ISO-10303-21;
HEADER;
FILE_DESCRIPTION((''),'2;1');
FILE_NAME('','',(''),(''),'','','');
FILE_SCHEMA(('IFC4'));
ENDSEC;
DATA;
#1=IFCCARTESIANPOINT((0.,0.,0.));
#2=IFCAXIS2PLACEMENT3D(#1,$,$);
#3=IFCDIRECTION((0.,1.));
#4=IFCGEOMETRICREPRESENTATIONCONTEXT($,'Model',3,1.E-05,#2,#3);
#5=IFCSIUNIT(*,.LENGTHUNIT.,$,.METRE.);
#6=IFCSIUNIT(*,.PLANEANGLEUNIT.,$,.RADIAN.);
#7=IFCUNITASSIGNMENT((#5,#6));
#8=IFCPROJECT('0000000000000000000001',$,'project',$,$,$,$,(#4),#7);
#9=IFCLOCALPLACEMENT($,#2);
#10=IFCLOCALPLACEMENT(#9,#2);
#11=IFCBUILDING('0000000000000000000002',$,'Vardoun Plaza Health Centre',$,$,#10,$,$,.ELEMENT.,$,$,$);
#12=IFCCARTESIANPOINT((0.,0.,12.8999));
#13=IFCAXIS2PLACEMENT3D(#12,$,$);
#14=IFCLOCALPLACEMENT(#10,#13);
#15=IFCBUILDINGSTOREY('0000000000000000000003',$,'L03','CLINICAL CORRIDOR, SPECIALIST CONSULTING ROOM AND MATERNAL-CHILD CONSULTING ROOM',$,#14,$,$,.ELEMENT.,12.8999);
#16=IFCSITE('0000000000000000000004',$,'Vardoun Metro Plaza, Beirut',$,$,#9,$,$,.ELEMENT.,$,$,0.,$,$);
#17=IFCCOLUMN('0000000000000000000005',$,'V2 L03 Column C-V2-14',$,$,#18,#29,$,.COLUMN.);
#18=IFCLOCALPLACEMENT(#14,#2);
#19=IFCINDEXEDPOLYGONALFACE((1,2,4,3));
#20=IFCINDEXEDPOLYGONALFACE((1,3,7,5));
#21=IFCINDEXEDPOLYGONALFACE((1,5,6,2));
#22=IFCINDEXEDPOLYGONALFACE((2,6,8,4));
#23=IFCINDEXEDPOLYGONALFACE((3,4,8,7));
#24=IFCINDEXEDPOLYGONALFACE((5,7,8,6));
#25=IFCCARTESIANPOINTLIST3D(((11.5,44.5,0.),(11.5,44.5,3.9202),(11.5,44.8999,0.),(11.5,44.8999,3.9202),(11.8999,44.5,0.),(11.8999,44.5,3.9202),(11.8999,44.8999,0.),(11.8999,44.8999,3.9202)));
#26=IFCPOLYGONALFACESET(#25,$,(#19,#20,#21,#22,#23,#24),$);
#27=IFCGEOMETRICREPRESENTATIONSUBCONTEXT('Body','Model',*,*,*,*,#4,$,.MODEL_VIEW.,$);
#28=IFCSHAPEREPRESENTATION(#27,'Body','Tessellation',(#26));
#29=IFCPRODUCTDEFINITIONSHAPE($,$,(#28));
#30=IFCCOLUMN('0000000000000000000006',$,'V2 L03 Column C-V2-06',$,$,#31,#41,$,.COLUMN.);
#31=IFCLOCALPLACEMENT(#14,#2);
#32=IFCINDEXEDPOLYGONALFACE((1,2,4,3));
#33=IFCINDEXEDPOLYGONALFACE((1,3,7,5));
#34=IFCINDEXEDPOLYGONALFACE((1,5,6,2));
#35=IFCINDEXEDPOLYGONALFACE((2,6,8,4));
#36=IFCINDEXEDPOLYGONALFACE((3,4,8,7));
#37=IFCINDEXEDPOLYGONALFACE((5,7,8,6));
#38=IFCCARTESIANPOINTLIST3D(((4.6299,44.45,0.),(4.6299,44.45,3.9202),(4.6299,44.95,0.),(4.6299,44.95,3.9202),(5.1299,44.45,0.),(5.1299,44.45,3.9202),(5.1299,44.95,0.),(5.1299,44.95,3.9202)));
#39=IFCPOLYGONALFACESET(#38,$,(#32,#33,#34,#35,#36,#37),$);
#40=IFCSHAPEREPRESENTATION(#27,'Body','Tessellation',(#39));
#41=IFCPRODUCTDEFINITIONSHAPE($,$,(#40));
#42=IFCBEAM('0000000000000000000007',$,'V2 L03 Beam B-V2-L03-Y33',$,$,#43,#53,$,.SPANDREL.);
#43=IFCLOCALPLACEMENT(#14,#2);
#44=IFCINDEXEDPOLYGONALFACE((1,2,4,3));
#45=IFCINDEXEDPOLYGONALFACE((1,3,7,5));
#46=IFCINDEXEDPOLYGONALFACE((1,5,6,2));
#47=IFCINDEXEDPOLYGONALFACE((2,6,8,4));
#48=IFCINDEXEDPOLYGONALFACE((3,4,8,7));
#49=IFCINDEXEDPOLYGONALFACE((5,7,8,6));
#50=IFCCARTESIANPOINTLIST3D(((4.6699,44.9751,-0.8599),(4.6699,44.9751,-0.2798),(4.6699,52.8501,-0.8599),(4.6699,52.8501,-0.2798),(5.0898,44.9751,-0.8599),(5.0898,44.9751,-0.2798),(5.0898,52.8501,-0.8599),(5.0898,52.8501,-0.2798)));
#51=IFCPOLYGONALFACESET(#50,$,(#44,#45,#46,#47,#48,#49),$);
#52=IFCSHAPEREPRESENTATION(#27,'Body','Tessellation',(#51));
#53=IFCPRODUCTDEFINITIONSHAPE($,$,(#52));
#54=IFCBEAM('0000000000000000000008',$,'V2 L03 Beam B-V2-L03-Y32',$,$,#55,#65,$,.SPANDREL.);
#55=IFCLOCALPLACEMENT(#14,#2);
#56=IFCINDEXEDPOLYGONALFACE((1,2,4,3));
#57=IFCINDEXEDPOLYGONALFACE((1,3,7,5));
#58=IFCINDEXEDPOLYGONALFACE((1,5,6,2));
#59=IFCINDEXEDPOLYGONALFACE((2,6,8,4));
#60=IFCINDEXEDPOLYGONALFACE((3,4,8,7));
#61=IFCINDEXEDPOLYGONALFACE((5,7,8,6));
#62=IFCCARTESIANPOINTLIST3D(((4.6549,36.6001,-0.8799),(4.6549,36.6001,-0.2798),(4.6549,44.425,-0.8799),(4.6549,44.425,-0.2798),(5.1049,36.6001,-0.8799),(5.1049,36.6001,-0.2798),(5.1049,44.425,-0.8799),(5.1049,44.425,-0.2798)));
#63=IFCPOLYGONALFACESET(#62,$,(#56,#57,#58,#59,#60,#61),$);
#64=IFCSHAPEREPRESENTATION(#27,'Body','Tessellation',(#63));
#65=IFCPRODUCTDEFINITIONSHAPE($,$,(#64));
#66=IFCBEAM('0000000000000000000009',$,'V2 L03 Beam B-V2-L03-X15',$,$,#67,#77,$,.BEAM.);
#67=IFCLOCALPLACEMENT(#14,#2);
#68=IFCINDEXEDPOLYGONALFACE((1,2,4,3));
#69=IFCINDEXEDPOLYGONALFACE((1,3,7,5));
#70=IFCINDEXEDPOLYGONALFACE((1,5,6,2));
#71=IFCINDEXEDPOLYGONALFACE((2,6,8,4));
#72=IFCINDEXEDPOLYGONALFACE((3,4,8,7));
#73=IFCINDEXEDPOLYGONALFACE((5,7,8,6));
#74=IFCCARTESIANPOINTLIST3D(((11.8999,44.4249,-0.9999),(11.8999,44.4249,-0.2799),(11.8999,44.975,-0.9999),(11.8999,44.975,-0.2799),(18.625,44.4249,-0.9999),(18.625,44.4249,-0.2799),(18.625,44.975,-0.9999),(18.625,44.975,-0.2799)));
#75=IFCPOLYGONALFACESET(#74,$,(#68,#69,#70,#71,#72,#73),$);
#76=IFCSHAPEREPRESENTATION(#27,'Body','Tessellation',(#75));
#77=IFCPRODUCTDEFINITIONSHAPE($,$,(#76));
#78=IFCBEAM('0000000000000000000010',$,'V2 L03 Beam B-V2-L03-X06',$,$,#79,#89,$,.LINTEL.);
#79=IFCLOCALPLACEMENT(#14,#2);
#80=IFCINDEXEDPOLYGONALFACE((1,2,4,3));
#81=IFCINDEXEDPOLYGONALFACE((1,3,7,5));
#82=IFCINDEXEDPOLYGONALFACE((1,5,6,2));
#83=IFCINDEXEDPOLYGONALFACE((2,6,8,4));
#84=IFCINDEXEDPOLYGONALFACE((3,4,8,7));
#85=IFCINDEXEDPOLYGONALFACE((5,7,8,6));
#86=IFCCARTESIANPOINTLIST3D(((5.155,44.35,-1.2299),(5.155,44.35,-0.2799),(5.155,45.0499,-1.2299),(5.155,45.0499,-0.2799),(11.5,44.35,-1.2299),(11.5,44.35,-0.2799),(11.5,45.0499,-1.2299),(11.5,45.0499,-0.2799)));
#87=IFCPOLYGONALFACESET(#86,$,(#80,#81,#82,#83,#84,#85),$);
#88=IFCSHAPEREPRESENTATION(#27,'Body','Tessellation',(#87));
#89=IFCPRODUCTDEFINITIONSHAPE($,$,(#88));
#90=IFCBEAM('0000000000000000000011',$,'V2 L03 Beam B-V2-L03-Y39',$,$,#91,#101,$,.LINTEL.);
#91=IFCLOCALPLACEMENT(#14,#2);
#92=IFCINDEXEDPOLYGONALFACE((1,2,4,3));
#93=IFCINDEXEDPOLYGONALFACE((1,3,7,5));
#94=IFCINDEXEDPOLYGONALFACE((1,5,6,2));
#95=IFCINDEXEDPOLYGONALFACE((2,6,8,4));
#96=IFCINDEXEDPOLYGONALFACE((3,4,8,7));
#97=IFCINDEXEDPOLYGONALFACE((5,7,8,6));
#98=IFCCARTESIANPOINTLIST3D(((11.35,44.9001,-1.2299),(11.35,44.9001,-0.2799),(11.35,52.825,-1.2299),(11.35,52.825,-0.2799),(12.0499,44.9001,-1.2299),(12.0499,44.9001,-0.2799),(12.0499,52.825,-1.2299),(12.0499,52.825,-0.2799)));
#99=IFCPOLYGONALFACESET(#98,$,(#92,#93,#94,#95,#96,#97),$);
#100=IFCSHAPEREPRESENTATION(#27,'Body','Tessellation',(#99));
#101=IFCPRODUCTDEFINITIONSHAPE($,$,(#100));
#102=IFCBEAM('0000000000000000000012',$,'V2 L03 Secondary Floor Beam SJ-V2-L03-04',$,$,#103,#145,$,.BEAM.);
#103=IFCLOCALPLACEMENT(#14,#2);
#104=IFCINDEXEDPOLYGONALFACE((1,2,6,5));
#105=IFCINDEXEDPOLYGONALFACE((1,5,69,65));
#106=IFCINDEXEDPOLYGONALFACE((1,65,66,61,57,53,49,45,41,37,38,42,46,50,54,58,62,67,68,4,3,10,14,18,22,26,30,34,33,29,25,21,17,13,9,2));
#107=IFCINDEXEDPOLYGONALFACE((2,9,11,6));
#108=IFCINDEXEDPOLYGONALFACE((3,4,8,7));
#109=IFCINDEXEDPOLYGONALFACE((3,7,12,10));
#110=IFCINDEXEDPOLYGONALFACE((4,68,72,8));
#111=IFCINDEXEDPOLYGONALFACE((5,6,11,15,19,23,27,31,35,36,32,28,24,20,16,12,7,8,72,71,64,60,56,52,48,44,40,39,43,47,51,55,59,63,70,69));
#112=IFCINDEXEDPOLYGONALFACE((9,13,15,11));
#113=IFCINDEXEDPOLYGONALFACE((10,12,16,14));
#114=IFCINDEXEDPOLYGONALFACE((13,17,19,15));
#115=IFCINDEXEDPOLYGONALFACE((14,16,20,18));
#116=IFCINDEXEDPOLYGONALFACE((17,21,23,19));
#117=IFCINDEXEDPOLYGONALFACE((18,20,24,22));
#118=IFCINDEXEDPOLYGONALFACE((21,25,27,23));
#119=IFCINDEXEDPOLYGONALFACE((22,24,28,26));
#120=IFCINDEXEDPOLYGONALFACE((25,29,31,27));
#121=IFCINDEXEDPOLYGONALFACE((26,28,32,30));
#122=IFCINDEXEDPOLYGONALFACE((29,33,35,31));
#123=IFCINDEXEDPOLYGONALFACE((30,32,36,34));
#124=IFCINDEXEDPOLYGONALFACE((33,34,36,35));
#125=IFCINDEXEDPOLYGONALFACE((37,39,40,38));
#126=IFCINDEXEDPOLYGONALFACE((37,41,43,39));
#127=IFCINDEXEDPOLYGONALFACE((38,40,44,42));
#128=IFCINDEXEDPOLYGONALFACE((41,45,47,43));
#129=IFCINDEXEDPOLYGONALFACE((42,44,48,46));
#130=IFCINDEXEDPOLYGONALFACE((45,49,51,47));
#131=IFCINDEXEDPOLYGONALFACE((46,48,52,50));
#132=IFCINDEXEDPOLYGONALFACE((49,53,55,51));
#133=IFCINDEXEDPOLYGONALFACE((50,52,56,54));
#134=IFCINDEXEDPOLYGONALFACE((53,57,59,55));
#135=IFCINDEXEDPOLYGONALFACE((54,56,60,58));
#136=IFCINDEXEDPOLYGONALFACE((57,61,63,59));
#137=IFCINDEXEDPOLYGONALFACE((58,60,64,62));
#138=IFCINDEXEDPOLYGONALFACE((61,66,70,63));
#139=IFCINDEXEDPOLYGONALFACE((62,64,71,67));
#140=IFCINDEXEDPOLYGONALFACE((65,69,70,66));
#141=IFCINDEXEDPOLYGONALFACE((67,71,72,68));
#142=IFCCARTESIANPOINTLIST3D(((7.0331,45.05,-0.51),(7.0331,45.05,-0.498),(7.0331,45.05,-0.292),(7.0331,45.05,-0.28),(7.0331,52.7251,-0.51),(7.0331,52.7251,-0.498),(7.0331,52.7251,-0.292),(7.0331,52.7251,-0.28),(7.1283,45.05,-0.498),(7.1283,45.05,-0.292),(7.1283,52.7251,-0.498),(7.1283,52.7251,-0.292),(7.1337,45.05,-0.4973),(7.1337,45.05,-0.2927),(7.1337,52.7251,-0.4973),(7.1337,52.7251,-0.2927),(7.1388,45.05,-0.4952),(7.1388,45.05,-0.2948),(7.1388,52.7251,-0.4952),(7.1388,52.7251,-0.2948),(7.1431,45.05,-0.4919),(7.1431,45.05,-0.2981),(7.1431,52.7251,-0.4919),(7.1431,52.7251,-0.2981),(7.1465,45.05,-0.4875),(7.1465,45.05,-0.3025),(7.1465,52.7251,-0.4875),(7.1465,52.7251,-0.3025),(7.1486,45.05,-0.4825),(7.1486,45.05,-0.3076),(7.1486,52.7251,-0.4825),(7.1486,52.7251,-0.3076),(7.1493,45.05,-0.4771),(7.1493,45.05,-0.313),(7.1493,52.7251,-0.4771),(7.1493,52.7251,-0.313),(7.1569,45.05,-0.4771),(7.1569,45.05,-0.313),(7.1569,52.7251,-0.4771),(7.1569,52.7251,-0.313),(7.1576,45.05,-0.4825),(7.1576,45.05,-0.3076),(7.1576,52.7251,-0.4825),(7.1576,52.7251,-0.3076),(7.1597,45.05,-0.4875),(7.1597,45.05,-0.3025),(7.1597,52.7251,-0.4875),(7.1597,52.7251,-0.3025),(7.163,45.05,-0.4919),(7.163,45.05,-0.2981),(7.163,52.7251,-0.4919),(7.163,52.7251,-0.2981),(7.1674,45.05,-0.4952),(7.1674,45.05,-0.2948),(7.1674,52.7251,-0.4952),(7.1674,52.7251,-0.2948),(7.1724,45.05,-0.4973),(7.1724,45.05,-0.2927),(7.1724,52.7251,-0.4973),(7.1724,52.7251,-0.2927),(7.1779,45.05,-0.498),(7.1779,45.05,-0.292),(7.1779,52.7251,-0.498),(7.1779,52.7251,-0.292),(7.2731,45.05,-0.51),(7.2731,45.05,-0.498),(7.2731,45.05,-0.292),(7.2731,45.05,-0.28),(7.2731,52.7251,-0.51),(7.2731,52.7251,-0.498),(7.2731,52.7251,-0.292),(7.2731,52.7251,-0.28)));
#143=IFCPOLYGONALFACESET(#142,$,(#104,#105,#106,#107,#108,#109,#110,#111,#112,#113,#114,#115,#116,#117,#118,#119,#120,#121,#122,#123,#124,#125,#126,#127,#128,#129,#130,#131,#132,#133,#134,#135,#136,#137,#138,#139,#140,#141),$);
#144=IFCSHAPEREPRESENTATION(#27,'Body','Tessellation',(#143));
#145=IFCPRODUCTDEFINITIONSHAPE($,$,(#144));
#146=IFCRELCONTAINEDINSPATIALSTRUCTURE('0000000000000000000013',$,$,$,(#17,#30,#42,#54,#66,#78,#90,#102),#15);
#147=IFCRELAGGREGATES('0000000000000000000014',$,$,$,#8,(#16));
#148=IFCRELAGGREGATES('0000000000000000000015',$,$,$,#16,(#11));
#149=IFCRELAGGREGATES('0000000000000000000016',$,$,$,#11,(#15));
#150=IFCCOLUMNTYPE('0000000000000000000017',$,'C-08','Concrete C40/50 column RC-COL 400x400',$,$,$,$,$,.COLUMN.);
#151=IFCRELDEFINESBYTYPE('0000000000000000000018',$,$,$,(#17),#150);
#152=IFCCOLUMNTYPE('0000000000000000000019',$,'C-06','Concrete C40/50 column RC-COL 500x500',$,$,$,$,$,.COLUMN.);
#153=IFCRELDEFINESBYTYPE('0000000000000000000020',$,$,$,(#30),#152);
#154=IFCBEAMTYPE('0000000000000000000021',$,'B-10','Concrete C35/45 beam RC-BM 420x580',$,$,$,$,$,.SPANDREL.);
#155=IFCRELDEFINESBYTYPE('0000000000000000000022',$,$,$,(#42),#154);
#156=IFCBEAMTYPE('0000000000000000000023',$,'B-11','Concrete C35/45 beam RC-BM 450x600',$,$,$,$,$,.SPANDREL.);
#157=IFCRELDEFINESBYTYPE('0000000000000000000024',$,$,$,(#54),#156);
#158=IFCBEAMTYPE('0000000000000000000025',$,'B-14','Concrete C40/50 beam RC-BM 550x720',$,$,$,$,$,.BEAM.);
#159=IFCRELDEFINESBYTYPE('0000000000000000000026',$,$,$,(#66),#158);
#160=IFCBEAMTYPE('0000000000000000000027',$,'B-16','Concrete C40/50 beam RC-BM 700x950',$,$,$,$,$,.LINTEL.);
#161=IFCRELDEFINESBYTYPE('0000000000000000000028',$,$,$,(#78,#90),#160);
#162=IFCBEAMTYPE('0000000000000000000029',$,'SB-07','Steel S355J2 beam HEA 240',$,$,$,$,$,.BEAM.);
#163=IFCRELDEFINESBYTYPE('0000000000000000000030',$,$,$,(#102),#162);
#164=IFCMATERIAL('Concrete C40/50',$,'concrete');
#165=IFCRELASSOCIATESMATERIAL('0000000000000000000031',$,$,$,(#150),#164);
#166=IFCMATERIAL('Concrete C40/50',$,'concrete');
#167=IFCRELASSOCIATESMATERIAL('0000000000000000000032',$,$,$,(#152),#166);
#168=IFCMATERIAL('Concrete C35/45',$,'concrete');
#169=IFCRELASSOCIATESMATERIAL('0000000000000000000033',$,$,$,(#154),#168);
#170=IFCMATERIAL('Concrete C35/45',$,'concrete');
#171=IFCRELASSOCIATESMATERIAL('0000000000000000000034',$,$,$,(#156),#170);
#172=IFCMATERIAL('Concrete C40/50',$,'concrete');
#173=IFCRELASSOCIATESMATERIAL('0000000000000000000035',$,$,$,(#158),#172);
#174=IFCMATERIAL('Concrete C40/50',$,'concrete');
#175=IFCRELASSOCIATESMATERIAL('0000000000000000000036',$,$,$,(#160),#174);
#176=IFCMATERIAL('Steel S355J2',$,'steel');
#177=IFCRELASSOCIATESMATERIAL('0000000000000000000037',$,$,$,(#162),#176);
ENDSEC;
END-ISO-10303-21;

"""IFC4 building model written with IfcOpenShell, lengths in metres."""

from ifc_helpers import new_model, si_unit, direction, frame, origin, origin_2d, place, context, subcontext, project, spatial, rectangle, i_section, extrude, material, material_profile, profile_set, type_object, element, save


model = new_model("IFC4")

# Units and contexts
model_context = context("Model", 3, precision=1e-05, world=origin(), true_north=direction((0.0, 1.0)))
body_context = subcontext(model_context, "Body", "Model", "MODEL_VIEW")
ifc_project = project(units=[si_unit("LENGTHUNIT", "METRE"), si_unit("PLANEANGLEUNIT", "RADIAN")], contexts=[model_context])

# Site, building, storey
site_placement = place(None, origin())
site = spatial("IfcSite", under=ifc_project, at=site_placement, Name="Vardoun Metro Plaza, Beirut", CompositionType="ELEMENT", RefElevation=0.0)
building_placement = place(site_placement, origin())
building = spatial("IfcBuilding", under=site, at=building_placement, Name="Vardoun Plaza Health Centre", CompositionType="ELEMENT")
storey_placement = place(building_placement, frame((0.0, 0.0, 12.8999)))
storey = spatial("IfcBuildingStorey", under=building, at=storey_placement, Name="L03", Description="CLINICAL CORRIDOR, SPECIALIST CONSULTING ROOM AND MATERNAL-CHILD CONSULTING ROOM", CompositionType="ELEMENT", Elevation=12.8999)

# Columns
ifc_material_1 = material(Name="Concrete C40/50", Category="concrete")
ifc_material_profile_1 = material_profile(ifc_material_1, rectangle(XDim=0.3999, YDim=0.3999, at=origin_2d()), Name="RC-COL 400x400")
ifc_profile_set_1 = profile_set([ifc_material_profile_1], Name="Concrete C40/50")
column_type_1 = type_object("IfcColumnType", Name="C-08", Description="Concrete C40/50 column RC-COL 400x400", PredefinedType="COLUMN", material=ifc_profile_set_1)
column_1_placement = place(storey_placement, frame((11.7, 44.7, 0.0), z_axis=(0.0, 0.0, 1.0), x_axis=(1.0, 0.0, 0.0)))
element("IfcColumn", 1, at=column_1_placement, inside=storey, type_object=column_type_1, Name="V2 L03 Column C-V2-14", PredefinedType="COLUMN", context=body_context, shape_type="SweptSolid", body=[
    extrude(rectangle(XDim=0.3999, YDim=0.3999, at=origin_2d()), origin(), (0.0, 0.0, 1.0), 3.9202),
])
ifc_material_2 = material(Name="Concrete C40/50", Category="concrete")
ifc_material_profile_2 = material_profile(ifc_material_2, rectangle(XDim=0.5, YDim=0.5, at=origin_2d()), Name="RC-COL 500x500")
ifc_profile_set_2 = profile_set([ifc_material_profile_2], Name="Concrete C40/50")
column_type_2 = type_object("IfcColumnType", Name="C-06", Description="Concrete C40/50 column RC-COL 500x500", PredefinedType="COLUMN", material=ifc_profile_set_2)
column_2_placement = place(storey_placement, frame((4.8799, 44.7, 0.0), z_axis=(0.0, 0.0, 1.0), x_axis=(1.0, 0.0, 0.0)))
element("IfcColumn", 2, at=column_2_placement, inside=storey, type_object=column_type_2, Name="V2 L03 Column C-V2-06", PredefinedType="COLUMN", context=body_context, shape_type="SweptSolid", body=[
    extrude(rectangle(XDim=0.5, YDim=0.5, at=origin_2d()), origin(), (0.0, 0.0, 1.0), 3.9202),
])

# Beams
ifc_material_3 = material(Name="Concrete C35/45", Category="concrete")
ifc_material_profile_3 = material_profile(ifc_material_3, rectangle(XDim=0.4199, YDim=0.5801, at=origin_2d()), Name="RC-BM 420x580")
ifc_profile_set_3 = profile_set([ifc_material_profile_3], Name="Concrete C35/45")
beam_type_1 = type_object("IfcBeamType", Name="B-10", Description="Concrete C35/45 beam RC-BM 420x580", PredefinedType="SPANDREL", material=ifc_profile_set_3)
beam_1_placement = place(storey_placement, frame((4.8799, 44.9751, -0.5698), z_axis=(0.0, 1.0, 0.0), x_axis=(-1.0, 0.0, 0.0)))
element("IfcBeam", 3, at=beam_1_placement, inside=storey, type_object=beam_type_1, Name="V2 L03 Beam B-V2-L03-Y33", PredefinedType="SPANDREL", context=body_context, shape_type="SweptSolid", body=[
    extrude(rectangle(XDim=0.4199, YDim=0.5801, at=origin_2d()), origin(), (0.0, 0.0, 1.0), 7.875),
])
ifc_material_4 = material(Name="Concrete C35/45", Category="concrete")
ifc_material_profile_4 = material_profile(ifc_material_4, rectangle(XDim=0.45, YDim=0.6001, at=origin_2d()), Name="RC-BM 450x600")
ifc_profile_set_4 = profile_set([ifc_material_profile_4], Name="Concrete C35/45")
beam_type_2 = type_object("IfcBeamType", Name="B-11", Description="Concrete C35/45 beam RC-BM 450x600", PredefinedType="SPANDREL", material=ifc_profile_set_4)
beam_2_placement = place(storey_placement, frame((4.8799, 36.6001, -0.5798), z_axis=(0.0, 1.0, 0.0), x_axis=(-1.0, 0.0, 0.0)))
element("IfcBeam", 4, at=beam_2_placement, inside=storey, type_object=beam_type_2, Name="V2 L03 Beam B-V2-L03-Y32", PredefinedType="SPANDREL", context=body_context, shape_type="SweptSolid", body=[
    extrude(rectangle(XDim=0.45, YDim=0.6001, at=origin_2d()), origin(), (0.0, 0.0, 1.0), 7.825),
])
ifc_material_5 = material(Name="Concrete C40/50", Category="concrete")
ifc_material_profile_5 = material_profile(ifc_material_5, rectangle(XDim=0.55, YDim=0.72, at=origin_2d()), Name="RC-BM 550x720")
ifc_profile_set_5 = profile_set([ifc_material_profile_5], Name="Concrete C40/50")
beam_type_3 = type_object("IfcBeamType", Name="B-14", Description="Concrete C40/50 beam RC-BM 550x720", PredefinedType="BEAM", material=ifc_profile_set_5)
beam_3_placement = place(storey_placement, frame((11.8999, 44.7, -0.6399), z_axis=(1.0, 0.0, 0.0), x_axis=(0.0, 1.0, 0.0)))
element("IfcBeam", 5, at=beam_3_placement, inside=storey, type_object=beam_type_3, Name="V2 L03 Beam B-V2-L03-X15", PredefinedType="BEAM", context=body_context, shape_type="SweptSolid", body=[
    extrude(rectangle(XDim=0.55, YDim=0.72, at=origin_2d()), origin(), (0.0, 0.0, 1.0), 6.7251),
])
ifc_material_6 = material(Name="Concrete C40/50", Category="concrete")
ifc_material_profile_6 = material_profile(ifc_material_6, rectangle(XDim=0.7, YDim=0.95, at=origin_2d()), Name="RC-BM 700x950")
ifc_profile_set_6 = profile_set([ifc_material_profile_6], Name="Concrete C40/50")
beam_type_4 = type_object("IfcBeamType", Name="B-16", Description="Concrete C40/50 beam RC-BM 700x950", PredefinedType="LINTEL", material=ifc_profile_set_6)
beam_4_placement = place(storey_placement, frame((5.155, 44.7, -0.7549), z_axis=(1.0, 0.0, 0.0), x_axis=(0.0, 1.0, 0.0)))
element("IfcBeam", 6, at=beam_4_placement, inside=storey, type_object=beam_type_4, Name="V2 L03 Beam B-V2-L03-X06", PredefinedType="LINTEL", context=body_context, shape_type="SweptSolid", body=[
    extrude(rectangle(XDim=0.7, YDim=0.95, at=origin_2d()), origin(), (0.0, 0.0, 1.0), 6.345),
])
beam_5_placement = place(storey_placement, frame((11.7, 44.9001, -0.7549), z_axis=(0.0, 1.0, 0.0), x_axis=(-1.0, 0.0, 0.0)))
element("IfcBeam", 7, at=beam_5_placement, inside=storey, type_object=beam_type_4, Name="V2 L03 Beam B-V2-L03-Y39", PredefinedType="LINTEL", context=body_context, shape_type="SweptSolid", body=[
    extrude(rectangle(XDim=0.7, YDim=0.95, at=origin_2d()), origin(), (0.0, 0.0, 1.0), 7.9248),
])
ifc_material_7 = material(Name="Steel S355J2", Category="steel")
ifc_material_profile_7 = material_profile(ifc_material_7, i_section(OverallWidth=0.24, OverallDepth=0.23, WebThickness=0.0076, FlangeThickness=0.012, FilletRadius=0.021, at=origin_2d()), Name="HEA 240")
ifc_profile_set_7 = profile_set([ifc_material_profile_7], Name="Steel S355J2")
beam_type_5 = type_object("IfcBeamType", Name="SB-07", Description="Steel S355J2 beam HEA 240", PredefinedType="BEAM", material=ifc_profile_set_7)
beam_6_placement = place(storey_placement, frame((7.1531, 45.05, -0.395), z_axis=(0.0, 1.0, 0.0), x_axis=(-1.0, 0.0, 0.0)))
element("IfcBeam", 8, at=beam_6_placement, inside=storey, type_object=beam_type_5, Name="V2 L03 Secondary Floor Beam SJ-V2-L03-04", PredefinedType="BEAM", context=body_context, shape_type="SweptSolid", body=[
    extrude(i_section(OverallWidth=0.24, OverallDepth=0.23, WebThickness=0.0076, FlangeThickness=0.012, FilletRadius=0.021, at=origin_2d()), origin(), (0.0, 0.0, 1.0), 7.675),
])

save(model, "model.ifc")
